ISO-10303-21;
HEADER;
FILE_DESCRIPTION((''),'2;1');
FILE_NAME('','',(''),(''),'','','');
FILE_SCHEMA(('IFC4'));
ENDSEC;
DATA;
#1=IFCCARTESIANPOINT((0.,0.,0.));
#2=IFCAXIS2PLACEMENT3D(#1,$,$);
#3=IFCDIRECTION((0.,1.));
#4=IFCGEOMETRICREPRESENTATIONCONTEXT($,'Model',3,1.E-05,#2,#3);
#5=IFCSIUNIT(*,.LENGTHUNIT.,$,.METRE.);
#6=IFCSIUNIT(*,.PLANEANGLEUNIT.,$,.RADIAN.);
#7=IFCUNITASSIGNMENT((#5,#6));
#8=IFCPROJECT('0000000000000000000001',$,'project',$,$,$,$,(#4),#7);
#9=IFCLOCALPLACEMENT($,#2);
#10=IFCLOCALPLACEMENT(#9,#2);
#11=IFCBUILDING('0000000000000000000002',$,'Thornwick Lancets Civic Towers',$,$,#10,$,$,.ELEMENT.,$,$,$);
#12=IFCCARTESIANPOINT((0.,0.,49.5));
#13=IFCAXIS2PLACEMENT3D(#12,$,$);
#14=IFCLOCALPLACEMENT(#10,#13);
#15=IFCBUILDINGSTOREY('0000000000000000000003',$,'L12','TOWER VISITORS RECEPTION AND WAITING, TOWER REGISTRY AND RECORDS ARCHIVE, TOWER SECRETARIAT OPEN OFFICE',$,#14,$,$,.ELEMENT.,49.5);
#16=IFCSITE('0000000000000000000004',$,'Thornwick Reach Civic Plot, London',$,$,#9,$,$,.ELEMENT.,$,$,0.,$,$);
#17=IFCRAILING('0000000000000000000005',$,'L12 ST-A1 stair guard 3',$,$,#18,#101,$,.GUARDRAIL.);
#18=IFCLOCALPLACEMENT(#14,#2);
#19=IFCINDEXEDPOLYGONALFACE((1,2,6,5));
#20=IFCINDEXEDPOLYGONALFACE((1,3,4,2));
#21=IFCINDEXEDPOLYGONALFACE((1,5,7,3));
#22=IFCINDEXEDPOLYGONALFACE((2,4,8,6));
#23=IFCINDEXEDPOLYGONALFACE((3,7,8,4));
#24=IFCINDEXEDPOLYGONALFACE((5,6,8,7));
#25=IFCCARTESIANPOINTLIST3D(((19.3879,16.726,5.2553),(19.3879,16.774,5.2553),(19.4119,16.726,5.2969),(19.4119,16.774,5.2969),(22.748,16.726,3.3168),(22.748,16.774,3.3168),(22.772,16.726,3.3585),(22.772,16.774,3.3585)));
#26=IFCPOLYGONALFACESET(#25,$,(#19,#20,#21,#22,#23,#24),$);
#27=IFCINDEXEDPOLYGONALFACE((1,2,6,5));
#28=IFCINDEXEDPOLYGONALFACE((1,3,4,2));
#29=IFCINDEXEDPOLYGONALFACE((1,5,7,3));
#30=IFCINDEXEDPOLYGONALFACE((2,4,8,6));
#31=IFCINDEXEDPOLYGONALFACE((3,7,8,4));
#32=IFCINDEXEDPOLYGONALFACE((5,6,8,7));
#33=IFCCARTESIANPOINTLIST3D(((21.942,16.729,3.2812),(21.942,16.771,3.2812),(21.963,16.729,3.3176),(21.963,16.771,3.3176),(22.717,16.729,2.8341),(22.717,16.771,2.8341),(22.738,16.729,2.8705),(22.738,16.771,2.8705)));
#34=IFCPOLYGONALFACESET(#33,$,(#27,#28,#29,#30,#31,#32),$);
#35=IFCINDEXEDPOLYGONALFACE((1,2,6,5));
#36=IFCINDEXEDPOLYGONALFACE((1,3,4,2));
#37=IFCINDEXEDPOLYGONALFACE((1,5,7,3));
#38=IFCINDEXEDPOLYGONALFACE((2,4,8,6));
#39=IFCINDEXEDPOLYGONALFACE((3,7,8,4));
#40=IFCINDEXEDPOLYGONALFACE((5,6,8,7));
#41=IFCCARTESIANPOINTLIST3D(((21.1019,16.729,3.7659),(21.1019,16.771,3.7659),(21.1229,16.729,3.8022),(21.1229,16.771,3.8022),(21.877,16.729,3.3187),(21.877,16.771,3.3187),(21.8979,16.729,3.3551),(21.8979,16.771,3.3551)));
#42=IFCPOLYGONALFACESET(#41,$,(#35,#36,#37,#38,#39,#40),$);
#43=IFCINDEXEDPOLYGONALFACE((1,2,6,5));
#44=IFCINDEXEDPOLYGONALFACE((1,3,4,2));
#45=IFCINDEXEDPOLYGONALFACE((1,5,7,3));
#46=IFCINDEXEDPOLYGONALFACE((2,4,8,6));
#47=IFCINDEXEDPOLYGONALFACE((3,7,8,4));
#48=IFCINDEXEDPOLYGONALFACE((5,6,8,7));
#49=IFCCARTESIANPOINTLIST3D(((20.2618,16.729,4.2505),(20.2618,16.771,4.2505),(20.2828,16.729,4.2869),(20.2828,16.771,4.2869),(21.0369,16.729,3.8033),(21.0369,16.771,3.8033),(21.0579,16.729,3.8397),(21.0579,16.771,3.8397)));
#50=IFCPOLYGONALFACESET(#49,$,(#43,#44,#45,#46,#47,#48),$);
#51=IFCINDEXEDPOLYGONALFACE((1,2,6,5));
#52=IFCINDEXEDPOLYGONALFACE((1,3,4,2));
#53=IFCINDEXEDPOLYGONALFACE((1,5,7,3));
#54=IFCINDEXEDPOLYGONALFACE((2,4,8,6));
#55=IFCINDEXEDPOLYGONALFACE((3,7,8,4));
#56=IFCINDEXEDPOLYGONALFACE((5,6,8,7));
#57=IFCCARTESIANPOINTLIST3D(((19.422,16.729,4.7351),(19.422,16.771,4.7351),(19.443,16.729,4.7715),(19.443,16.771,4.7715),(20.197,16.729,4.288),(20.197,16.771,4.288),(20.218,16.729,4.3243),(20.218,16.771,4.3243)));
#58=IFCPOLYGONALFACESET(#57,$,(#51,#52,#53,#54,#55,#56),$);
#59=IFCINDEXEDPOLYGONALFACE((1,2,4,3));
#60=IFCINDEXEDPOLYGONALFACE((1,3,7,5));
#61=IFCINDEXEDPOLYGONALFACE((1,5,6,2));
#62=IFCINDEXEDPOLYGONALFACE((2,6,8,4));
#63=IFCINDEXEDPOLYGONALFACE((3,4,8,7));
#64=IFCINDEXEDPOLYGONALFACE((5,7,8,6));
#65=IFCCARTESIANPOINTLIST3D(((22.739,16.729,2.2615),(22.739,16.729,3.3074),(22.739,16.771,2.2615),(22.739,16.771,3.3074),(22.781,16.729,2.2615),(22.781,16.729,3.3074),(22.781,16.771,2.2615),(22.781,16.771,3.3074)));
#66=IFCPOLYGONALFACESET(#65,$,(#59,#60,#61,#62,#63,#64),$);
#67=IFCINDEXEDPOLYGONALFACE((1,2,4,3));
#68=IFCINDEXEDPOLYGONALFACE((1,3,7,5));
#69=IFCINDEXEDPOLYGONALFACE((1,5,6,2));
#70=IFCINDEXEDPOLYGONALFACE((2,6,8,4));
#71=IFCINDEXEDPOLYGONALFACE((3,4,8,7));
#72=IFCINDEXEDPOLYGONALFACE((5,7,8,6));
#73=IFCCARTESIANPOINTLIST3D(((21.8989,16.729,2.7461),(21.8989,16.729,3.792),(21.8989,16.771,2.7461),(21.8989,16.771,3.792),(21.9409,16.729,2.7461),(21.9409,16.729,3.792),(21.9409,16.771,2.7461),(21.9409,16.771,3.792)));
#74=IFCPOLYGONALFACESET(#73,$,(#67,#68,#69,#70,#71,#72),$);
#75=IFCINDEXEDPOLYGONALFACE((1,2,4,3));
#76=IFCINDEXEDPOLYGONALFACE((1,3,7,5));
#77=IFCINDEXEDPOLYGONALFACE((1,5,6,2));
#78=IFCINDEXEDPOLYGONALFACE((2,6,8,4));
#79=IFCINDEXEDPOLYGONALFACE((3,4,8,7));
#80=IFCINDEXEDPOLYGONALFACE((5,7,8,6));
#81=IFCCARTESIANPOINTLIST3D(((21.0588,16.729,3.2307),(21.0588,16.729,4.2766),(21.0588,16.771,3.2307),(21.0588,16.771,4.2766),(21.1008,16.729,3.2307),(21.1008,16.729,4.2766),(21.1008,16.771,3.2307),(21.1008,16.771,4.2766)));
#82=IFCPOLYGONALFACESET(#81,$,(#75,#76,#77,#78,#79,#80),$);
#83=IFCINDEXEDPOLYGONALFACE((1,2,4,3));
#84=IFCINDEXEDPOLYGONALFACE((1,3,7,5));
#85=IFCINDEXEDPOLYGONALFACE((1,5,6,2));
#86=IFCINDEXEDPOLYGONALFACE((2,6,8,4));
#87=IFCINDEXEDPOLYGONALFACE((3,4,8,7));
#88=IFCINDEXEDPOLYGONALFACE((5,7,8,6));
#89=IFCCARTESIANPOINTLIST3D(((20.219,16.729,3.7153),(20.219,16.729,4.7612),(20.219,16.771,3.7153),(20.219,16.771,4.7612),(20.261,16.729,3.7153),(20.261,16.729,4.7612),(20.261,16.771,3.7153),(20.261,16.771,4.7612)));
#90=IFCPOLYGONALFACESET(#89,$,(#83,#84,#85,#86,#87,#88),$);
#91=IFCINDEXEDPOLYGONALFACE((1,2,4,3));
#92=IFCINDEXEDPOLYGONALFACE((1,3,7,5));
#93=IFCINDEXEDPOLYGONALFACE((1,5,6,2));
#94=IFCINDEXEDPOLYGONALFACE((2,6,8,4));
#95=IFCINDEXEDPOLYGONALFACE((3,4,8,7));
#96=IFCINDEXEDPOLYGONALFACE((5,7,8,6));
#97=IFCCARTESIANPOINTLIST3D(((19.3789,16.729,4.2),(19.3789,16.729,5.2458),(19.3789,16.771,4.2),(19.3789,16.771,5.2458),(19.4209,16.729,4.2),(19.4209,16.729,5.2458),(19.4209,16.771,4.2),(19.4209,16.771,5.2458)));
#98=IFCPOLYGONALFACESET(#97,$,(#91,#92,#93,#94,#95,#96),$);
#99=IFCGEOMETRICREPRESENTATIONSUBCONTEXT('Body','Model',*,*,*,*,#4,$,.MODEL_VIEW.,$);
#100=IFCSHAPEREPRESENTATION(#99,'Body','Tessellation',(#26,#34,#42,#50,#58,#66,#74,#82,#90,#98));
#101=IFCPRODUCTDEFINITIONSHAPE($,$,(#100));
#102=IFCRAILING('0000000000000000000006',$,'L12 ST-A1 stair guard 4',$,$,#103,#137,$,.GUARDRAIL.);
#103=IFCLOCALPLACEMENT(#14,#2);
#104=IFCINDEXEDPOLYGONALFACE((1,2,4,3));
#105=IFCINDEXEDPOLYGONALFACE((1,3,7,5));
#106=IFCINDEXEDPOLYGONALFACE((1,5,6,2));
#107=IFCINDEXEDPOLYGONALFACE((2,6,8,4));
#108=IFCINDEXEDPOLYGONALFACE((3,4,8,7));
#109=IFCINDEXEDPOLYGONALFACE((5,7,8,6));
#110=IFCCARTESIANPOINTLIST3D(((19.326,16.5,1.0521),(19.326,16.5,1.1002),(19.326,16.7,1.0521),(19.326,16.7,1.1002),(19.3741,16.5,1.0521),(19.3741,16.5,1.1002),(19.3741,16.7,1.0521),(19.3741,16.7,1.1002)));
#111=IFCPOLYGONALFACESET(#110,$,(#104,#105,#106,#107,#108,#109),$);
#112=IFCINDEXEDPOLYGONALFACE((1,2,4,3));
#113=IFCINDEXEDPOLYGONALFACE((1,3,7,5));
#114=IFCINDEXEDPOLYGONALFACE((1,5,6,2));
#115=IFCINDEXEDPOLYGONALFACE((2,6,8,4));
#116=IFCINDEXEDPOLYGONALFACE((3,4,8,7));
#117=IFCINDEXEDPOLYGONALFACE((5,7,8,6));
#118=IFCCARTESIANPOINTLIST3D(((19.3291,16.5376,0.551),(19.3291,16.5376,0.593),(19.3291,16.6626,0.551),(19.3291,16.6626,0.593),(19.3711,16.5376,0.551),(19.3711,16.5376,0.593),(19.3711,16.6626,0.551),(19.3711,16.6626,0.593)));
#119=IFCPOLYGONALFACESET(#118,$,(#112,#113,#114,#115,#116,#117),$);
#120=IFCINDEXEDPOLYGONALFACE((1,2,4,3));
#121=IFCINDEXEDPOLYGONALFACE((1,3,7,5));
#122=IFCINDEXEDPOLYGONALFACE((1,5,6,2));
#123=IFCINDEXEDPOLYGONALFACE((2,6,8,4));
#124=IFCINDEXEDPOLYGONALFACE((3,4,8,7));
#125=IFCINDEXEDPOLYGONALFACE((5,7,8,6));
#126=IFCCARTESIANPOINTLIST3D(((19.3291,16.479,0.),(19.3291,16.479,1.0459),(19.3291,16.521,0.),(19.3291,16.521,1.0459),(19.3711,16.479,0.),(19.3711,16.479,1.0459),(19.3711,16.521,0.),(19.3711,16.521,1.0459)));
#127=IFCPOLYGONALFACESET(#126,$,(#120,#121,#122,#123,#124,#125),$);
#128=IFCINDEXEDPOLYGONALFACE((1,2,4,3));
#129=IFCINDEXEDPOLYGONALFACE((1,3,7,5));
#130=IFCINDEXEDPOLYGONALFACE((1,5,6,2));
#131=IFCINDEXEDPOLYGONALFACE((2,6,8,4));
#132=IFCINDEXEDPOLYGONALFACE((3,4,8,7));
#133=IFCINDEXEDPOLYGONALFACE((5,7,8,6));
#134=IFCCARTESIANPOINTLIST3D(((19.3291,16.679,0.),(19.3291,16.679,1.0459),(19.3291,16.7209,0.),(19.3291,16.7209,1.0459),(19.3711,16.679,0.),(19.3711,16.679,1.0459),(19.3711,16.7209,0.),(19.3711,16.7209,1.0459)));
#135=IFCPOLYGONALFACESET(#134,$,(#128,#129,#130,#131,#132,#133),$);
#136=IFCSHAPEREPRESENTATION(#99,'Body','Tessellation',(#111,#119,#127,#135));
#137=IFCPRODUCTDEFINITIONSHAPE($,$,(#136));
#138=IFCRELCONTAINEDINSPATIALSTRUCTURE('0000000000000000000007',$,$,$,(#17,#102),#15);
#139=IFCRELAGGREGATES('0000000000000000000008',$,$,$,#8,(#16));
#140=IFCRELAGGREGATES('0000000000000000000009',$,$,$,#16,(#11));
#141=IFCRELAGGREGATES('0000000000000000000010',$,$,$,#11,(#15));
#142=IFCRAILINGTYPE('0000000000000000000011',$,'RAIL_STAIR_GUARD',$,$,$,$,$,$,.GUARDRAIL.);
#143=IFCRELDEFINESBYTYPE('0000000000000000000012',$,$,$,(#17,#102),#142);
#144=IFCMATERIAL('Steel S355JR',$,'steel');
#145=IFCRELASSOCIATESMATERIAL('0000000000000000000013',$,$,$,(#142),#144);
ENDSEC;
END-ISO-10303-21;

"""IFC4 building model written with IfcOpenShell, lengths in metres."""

from ifc_helpers import new_model, si_unit, direction, frame, origin, origin_2d, place, context, subcontext, project, spatial, rectangle, extrude, material, type_object, element, save


model = new_model("IFC4")

# Units and contexts
model_context = context("Model", 3, precision=1e-05, world=origin(), true_north=direction((0.0, 1.0)))
body_context = subcontext(model_context, "Body", "Model", "MODEL_VIEW")
ifc_project = project(units=[si_unit("LENGTHUNIT", "METRE"), si_unit("PLANEANGLEUNIT", "RADIAN")], contexts=[model_context])

# Site, building, storey
site_placement = place(None, origin())
site = spatial("IfcSite", under=ifc_project, at=site_placement, Name="Thornwick Reach Civic Plot, London", CompositionType="ELEMENT", RefElevation=0.0)
building_placement = place(site_placement, origin())
building = spatial("IfcBuilding", under=site, at=building_placement, Name="Thornwick Lancets Civic Towers", CompositionType="ELEMENT")
storey_placement = place(building_placement, frame((0.0, 0.0, 49.5)))
storey = spatial("IfcBuildingStorey", under=building, at=storey_placement, Name="L12", Description="TOWER VISITORS RECEPTION AND WAITING, TOWER REGISTRY AND RECORDS ARCHIVE, TOWER SECRETARIAT OPEN OFFICE", CompositionType="ELEMENT", Elevation=49.5)

# Shared definitions
ifc_material_1 = material(Name="Steel S355JR", Category="steel")

# Railings
railing_type_1 = type_object("IfcRailingType", Name="RAIL_STAIR_GUARD", PredefinedType="GUARDRAIL", material=ifc_material_1)
railing_1_placement = place(storey_placement, frame((22.76, 16.75, 2.2615)))
element("IfcRailing", 1, at=railing_1_placement, inside=storey, type_object=railing_type_1, Name="L12 ST-A1 stair guard 3", PredefinedType="GUARDRAIL", context=body_context, shape_type="SweptSolid", body=[
    extrude(rectangle(XDim=0.0481, YDim=0.0481, at=origin_2d()), frame((0.0, 0.0, 1.0762), z_axis=(-0.866191, 0.0, 0.499713), x_axis=(0.0, -1.0, 0.0)), (0.0, 0.0, 1.0), 3.8792),
    extrude(rectangle(XDim=0.042, YDim=0.042, at=origin_2d()), frame((-0.0325, 0.0, 0.5908), z_axis=(-0.866191, 0.0, 0.499713), x_axis=(0.0, -1.0, 0.0)), (0.0, 0.0, 1.0), 0.8948),
    extrude(rectangle(XDim=0.042, YDim=0.042, at=origin_2d()), frame((-0.8726, 0.0, 1.0754), z_axis=(-0.866191, 0.0, 0.499713), x_axis=(0.0, -1.0, 0.0)), (0.0, 0.0, 1.0), 0.8948),
    extrude(rectangle(XDim=0.042, YDim=0.042, at=origin_2d()), frame((-1.7126, 0.0, 1.5601), z_axis=(-0.866191, 0.0, 0.499713), x_axis=(0.0, -1.0, 0.0)), (0.0, 0.0, 1.0), 0.8948),
    extrude(rectangle(XDim=0.042, YDim=0.042, at=origin_2d()), frame((-2.5525, 0.0, 2.0447), z_axis=(-0.866191, 0.0, 0.499713), x_axis=(0.0, -1.0, 0.0)), (0.0, 0.0, 1.0), 0.8948),
    extrude(rectangle(XDim=0.042, YDim=0.042, at=origin_2d()), origin(), (0.0, 0.0, 1.0), 1.0459),
    extrude(rectangle(XDim=0.042, YDim=0.042, at=origin_2d()), frame((-0.8401, 0.0, 0.4846)), (0.0, 0.0, 1.0), 1.0459),
    extrude(rectangle(XDim=0.042, YDim=0.042, at=origin_2d()), frame((-1.6802, 0.0, 0.9692)), (0.0, 0.0, 1.0), 1.0459),
    extrude(rectangle(XDim=0.042, YDim=0.042, at=origin_2d()), frame((-2.52, 0.0, 1.4539)), (0.0, 0.0, 1.0), 1.0459),
    extrude(rectangle(XDim=0.042, YDim=0.042, at=origin_2d()), frame((-3.3601, 0.0, 1.9385)), (0.0, 0.0, 1.0), 1.0459),
])
railing_2_placement = place(storey_placement, frame((19.3501, 16.5, 0.0)))
element("IfcRailing", 2, at=railing_2_placement, inside=storey, type_object=railing_type_1, Name="L12 ST-A1 stair guard 4", PredefinedType="GUARDRAIL", context=body_context, shape_type="SweptSolid", body=[
    extrude(rectangle(XDim=0.0481, YDim=0.0481, at=origin_2d()), frame((0.0, 0.0, 1.0762), z_axis=(0.0, 1.0, 0.0), x_axis=(-1.0, 0.0, 0.0)), (0.0, 0.0, 1.0), 0.2),
    extrude(rectangle(XDim=0.042, YDim=0.042, at=origin_2d()), frame((0.0, 0.0376, 0.572), z_axis=(0.0, 1.0, 0.0), x_axis=(-1.0, 0.0, 0.0)), (0.0, 0.0, 1.0), 0.125),
    extrude(rectangle(XDim=0.042, YDim=0.042, at=origin_2d()), origin(), (0.0, 0.0, 1.0), 1.0459),
    extrude(rectangle(XDim=0.042, YDim=0.042, at=origin_2d()), frame((0.0, 0.2, 0.0)), (0.0, 0.0, 1.0), 1.0459),
])

save(model, "model.ifc")
